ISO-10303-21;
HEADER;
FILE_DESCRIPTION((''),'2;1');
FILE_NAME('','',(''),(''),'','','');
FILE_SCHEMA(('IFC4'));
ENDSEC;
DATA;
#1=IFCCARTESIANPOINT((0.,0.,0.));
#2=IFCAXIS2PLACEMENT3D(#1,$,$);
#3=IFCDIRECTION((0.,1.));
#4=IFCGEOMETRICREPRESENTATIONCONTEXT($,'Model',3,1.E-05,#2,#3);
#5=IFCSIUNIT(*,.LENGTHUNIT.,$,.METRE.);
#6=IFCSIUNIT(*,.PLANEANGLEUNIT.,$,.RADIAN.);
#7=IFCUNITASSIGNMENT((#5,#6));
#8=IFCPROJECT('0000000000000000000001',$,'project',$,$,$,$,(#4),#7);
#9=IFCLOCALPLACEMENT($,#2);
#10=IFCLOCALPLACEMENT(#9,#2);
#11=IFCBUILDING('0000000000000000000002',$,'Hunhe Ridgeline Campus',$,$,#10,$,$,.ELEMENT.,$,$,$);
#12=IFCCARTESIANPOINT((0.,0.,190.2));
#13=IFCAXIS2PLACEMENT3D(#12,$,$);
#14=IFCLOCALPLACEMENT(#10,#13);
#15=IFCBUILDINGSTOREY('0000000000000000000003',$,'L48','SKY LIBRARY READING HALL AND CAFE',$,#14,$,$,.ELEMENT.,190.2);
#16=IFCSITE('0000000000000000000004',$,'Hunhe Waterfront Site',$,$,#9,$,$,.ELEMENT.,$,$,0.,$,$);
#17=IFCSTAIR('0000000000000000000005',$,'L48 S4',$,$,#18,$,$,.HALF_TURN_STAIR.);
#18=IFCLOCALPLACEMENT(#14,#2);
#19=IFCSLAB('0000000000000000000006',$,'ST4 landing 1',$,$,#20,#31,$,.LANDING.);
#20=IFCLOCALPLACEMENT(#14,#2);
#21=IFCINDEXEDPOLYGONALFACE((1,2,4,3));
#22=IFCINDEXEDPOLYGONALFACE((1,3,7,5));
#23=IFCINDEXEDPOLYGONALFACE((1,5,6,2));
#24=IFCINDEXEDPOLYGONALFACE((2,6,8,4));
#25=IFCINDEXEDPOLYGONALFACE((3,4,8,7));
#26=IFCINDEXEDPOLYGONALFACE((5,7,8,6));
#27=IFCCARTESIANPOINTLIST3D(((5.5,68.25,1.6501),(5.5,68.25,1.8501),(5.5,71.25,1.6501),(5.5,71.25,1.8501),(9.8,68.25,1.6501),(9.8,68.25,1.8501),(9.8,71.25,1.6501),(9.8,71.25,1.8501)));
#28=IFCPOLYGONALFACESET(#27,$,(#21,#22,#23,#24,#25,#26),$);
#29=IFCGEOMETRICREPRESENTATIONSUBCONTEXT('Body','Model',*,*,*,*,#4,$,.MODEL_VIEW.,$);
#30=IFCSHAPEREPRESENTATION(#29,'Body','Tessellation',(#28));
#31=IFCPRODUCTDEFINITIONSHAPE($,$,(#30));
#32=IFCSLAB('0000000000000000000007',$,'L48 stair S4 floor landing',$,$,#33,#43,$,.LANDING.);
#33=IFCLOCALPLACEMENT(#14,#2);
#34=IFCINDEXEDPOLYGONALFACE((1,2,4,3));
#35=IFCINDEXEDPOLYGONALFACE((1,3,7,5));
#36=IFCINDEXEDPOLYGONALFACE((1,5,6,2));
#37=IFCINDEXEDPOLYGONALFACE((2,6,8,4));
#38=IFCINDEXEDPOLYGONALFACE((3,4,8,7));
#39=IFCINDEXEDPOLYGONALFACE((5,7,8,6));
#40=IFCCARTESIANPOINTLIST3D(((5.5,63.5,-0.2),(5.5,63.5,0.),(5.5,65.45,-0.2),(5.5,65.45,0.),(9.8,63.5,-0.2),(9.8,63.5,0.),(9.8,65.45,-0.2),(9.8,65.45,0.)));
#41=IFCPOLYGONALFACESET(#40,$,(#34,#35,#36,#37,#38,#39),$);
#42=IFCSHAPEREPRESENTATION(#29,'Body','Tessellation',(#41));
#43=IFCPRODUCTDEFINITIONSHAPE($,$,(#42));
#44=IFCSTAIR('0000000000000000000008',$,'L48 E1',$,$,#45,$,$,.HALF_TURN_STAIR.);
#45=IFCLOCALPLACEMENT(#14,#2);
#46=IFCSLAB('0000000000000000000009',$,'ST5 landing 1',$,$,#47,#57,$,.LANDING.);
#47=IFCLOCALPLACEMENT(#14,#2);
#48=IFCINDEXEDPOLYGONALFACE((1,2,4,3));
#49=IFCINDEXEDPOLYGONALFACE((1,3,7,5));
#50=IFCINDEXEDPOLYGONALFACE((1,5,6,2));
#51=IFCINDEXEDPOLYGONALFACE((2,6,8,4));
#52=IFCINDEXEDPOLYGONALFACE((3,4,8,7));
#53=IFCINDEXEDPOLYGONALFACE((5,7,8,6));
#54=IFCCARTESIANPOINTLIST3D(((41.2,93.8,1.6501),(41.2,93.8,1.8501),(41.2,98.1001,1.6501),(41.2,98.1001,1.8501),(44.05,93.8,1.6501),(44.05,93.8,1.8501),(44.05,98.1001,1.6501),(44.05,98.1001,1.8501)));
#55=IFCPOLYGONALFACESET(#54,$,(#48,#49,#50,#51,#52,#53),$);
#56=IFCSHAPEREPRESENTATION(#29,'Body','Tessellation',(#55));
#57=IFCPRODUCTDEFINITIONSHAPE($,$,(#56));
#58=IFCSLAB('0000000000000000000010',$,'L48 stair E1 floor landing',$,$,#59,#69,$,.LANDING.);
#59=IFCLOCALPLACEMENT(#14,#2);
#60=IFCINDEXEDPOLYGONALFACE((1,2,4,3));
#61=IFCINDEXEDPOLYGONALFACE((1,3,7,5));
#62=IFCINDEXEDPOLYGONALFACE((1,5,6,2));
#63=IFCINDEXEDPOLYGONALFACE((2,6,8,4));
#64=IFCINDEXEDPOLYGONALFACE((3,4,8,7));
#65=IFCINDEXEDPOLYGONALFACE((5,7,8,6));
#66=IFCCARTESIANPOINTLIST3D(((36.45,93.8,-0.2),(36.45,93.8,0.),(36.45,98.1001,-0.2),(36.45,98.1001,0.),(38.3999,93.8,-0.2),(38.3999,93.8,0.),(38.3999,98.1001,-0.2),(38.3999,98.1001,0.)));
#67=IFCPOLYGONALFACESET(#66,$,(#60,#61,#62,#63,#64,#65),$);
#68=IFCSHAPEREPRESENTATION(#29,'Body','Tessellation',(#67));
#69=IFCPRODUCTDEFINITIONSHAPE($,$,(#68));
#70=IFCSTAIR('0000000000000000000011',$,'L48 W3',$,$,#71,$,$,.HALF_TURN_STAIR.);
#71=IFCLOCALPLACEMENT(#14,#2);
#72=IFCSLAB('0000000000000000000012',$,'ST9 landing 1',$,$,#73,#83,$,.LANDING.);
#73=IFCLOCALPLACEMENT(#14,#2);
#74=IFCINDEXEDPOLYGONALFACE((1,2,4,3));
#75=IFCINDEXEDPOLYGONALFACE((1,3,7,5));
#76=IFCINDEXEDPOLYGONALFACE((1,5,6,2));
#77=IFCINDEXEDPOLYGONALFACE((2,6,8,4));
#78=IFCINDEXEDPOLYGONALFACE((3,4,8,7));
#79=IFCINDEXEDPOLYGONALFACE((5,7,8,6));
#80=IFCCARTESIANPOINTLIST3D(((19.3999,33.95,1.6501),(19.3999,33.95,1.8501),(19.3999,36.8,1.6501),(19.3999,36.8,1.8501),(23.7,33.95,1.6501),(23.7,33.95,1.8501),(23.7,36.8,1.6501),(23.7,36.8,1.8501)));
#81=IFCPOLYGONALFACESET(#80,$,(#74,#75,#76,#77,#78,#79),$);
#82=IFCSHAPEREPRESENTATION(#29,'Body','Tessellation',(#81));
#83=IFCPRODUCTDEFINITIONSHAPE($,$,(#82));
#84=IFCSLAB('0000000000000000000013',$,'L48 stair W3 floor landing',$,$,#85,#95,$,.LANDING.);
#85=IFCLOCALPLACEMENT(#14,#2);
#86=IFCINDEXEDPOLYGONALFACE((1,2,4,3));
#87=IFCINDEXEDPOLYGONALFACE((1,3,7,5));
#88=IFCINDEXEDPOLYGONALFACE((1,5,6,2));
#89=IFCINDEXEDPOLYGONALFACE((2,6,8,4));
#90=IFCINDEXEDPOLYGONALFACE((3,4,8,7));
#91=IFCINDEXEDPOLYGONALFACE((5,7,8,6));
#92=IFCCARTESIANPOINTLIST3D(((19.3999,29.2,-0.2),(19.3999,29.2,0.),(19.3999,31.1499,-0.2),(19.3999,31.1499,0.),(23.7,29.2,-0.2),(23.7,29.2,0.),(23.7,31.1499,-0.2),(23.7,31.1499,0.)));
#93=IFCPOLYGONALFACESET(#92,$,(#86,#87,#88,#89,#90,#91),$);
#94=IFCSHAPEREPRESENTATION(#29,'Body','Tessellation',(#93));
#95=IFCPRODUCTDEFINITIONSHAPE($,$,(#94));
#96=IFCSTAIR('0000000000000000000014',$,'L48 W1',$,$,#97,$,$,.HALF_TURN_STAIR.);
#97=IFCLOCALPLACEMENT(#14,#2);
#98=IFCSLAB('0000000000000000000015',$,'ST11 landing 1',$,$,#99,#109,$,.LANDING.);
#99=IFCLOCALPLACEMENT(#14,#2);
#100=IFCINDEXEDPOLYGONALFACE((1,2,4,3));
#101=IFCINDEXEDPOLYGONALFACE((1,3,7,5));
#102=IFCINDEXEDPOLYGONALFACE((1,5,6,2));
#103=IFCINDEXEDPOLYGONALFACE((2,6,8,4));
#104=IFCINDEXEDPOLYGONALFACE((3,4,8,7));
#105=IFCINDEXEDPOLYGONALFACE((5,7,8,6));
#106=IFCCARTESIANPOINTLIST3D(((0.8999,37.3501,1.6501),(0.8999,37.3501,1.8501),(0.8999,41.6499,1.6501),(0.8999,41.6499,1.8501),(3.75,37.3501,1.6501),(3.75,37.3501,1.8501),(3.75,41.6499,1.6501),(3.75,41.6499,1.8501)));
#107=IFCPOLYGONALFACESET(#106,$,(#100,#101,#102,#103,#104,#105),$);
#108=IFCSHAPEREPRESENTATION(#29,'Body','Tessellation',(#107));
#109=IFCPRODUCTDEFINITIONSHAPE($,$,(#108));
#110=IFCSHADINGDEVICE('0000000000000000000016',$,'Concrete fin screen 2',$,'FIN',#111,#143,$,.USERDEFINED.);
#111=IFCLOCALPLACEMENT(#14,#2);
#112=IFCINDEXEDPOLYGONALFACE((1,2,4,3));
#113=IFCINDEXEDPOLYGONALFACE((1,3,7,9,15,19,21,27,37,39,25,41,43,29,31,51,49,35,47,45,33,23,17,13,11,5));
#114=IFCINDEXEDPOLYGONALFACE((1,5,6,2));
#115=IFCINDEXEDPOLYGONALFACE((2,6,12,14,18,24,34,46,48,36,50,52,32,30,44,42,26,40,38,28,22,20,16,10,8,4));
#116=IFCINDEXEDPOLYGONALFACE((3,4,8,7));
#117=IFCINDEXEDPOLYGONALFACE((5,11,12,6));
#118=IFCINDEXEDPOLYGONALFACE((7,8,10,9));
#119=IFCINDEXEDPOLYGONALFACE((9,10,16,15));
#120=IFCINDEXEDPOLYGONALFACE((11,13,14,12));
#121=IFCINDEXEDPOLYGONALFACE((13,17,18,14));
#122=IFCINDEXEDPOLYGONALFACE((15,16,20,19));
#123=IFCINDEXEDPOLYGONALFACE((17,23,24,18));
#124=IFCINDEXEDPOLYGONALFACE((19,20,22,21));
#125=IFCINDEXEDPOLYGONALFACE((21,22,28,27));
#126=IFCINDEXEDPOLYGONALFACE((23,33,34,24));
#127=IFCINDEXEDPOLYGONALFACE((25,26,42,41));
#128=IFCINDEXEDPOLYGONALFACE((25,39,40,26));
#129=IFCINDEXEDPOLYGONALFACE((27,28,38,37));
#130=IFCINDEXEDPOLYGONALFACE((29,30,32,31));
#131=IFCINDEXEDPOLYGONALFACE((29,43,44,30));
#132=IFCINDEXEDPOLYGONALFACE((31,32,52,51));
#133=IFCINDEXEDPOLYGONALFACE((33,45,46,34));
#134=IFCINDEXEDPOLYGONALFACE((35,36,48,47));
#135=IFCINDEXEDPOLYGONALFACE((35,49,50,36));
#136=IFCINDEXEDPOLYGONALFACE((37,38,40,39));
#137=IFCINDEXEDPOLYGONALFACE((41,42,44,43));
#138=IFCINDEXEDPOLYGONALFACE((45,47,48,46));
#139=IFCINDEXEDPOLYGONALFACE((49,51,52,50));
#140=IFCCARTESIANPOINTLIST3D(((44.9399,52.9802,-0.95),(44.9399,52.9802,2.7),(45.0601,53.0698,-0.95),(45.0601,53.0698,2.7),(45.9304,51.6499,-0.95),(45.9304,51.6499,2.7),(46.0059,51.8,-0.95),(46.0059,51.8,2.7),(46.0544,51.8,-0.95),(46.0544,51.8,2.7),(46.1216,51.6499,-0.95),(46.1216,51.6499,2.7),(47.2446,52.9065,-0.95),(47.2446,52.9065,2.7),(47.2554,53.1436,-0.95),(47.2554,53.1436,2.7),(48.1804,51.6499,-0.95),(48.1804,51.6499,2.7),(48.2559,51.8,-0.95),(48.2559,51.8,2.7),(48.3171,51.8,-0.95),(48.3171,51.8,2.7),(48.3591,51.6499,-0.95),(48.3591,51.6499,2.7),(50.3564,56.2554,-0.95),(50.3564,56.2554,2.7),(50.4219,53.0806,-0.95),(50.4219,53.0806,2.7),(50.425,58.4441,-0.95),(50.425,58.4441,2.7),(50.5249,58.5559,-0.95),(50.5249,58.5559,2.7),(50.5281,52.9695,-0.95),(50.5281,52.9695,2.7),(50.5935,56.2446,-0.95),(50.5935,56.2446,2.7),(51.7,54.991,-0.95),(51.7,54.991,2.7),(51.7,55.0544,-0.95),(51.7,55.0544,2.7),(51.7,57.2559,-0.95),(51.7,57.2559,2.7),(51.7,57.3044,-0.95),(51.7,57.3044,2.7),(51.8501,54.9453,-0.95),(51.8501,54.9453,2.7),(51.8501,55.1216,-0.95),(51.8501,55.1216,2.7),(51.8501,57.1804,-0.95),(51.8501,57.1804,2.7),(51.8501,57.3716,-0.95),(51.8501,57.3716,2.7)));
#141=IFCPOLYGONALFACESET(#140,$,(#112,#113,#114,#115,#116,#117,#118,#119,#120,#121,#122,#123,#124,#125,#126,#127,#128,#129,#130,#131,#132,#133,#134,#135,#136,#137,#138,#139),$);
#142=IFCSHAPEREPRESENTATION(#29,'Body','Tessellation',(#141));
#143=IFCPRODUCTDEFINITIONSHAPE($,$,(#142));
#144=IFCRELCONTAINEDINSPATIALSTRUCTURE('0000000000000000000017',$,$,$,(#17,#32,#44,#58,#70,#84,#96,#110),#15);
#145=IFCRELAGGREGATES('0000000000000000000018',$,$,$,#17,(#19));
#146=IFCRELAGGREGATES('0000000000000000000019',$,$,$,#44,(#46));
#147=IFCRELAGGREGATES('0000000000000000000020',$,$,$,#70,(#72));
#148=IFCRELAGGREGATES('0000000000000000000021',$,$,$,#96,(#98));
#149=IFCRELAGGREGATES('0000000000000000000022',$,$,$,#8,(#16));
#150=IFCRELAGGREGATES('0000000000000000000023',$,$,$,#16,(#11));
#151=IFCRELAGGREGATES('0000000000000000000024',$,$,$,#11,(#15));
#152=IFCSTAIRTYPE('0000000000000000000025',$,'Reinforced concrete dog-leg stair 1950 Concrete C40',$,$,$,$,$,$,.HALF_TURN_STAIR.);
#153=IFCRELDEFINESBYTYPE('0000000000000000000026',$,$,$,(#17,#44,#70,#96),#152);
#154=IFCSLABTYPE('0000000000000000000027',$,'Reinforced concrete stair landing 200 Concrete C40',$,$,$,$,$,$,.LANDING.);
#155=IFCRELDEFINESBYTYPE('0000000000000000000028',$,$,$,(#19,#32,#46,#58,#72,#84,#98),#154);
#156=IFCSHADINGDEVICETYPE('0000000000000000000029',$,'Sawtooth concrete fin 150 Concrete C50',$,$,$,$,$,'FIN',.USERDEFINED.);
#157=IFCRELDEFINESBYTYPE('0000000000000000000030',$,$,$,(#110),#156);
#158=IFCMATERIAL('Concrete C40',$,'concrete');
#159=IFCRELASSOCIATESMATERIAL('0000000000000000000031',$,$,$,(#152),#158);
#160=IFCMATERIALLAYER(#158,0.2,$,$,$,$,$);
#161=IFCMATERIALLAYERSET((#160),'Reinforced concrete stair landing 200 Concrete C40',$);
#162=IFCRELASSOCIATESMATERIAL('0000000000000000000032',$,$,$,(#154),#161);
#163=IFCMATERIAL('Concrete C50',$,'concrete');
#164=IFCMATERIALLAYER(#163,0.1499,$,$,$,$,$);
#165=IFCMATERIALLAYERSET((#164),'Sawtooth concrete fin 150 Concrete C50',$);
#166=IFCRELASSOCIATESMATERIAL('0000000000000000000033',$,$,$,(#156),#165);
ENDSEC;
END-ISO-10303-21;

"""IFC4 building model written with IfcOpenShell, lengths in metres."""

from ifc_helpers import new_model, si_unit, direction, frame, origin, place, context, subcontext, project, spatial, polyline, outline, extrude, material, layer, layer_set, type_object, element, aggregate, save


model = new_model("IFC4")

# Units and contexts
model_context = context("Model", 3, precision=1e-05, world=origin(), true_north=direction((0.0, 1.0)))
body_context = subcontext(model_context, "Body", "Model", "MODEL_VIEW")
ifc_project = project(units=[si_unit("LENGTHUNIT", "METRE"), si_unit("PLANEANGLEUNIT", "RADIAN")], contexts=[model_context])

# Site, building, storey
site_placement = place(None, origin())
site = spatial("IfcSite", under=ifc_project, at=site_placement, Name="Hunhe Waterfront Site", CompositionType="ELEMENT", RefElevation=0.0)
building_placement = place(site_placement, origin())
building = spatial("IfcBuilding", under=site, at=building_placement, Name="Hunhe Ridgeline Campus", CompositionType="ELEMENT")
storey_placement = place(building_placement, frame((0.0, 0.0, 190.2)))
storey = spatial("IfcBuildingStorey", under=building, at=storey_placement, Name="L48", Description="SKY LIBRARY READING HALL AND CAFE", CompositionType="ELEMENT", Elevation=190.2)

# Shared definitions
ifc_material_1 = material(Name="Concrete C40", Category="concrete")

# Shared definitions
stair_type = type_object("IfcStairType", Name="Reinforced concrete dog-leg stair 1950 Concrete C40", PredefinedType="HALF_TURN_STAIR", material=ifc_material_1)
ifc_layer_1 = layer(ifc_material_1, 0.2)
ifc_layer_set_1 = layer_set([ifc_layer_1], Name="Reinforced concrete stair landing 200 Concrete C40")
slab_type_1 = type_object("IfcSlabType", Name="Reinforced concrete stair landing 200 Concrete C40", PredefinedType="LANDING", material=ifc_layer_set_1)

# Stair, slab
stair_1_placement = place(storey_placement, origin())
stair_1 = element("IfcStair", 1, at=stair_1_placement, inside=storey, type_object=stair_type, Name="L48 S4", PredefinedType="HALF_TURN_STAIR")
slab_1_placement = place(storey_placement, frame((0.0, 0.0, 1.6501)))
slab_1 = element("IfcSlab", 2, at=slab_1_placement, type_object=slab_type_1, Name="ST4 landing 1", PredefinedType="LANDING", context=body_context, shape_type="SweptSolid", body=[
    extrude(outline(polyline([(9.8, 68.25), (9.8, 71.25), (5.5, 71.25), (5.5, 68.25), (9.8, 68.25)])), origin(), (0.0, 0.0, 1.0), 0.2),
])
aggregate(stair_1, [slab_1])

# Slab
slab_2_placement = place(storey_placement, frame((0.0, 0.0, -0.2)))
element("IfcSlab", 3, at=slab_2_placement, inside=storey, type_object=slab_type_1, Name="L48 stair S4 floor landing", PredefinedType="LANDING", context=body_context, shape_type="SweptSolid", body=[
    extrude(outline(polyline([(9.8, 63.5), (9.8, 65.45), (5.5, 65.45), (5.5, 63.5), (9.8, 63.5)])), origin(), (0.0, 0.0, 1.0), 0.2),
])

# Stair, slab
stair_2_placement = place(storey_placement, origin())
stair_2 = element("IfcStair", 4, at=stair_2_placement, inside=storey, type_object=stair_type, Name="L48 E1", PredefinedType="HALF_TURN_STAIR")
slab_3_placement = place(storey_placement, frame((0.0, 0.0, 1.6501)))
slab_3 = element("IfcSlab", 5, at=slab_3_placement, type_object=slab_type_1, Name="ST5 landing 1", PredefinedType="LANDING", context=body_context, shape_type="SweptSolid", body=[
    extrude(outline(polyline([(41.2, 93.8), (44.05, 93.8), (44.05, 98.1001), (41.2, 98.1001), (41.2, 93.8)])), origin(), (0.0, 0.0, 1.0), 0.2),
])
aggregate(stair_2, [slab_3])

# Slab
slab_4_placement = place(storey_placement, frame((0.0, 0.0, -0.2)))
element("IfcSlab", 6, at=slab_4_placement, inside=storey, type_object=slab_type_1, Name="L48 stair E1 floor landing", PredefinedType="LANDING", context=body_context, shape_type="SweptSolid", body=[
    extrude(outline(polyline([(36.45, 93.8), (38.3999, 93.8), (38.3999, 98.1001), (36.45, 98.1001), (36.45, 93.8)])), origin(), (0.0, 0.0, 1.0), 0.2),
])

# Stair, slab
stair_3_placement = place(storey_placement, origin())
stair_3 = element("IfcStair", 7, at=stair_3_placement, inside=storey, type_object=stair_type, Name="L48 W3", PredefinedType="HALF_TURN_STAIR")
slab_5_placement = place(storey_placement, frame((0.0, 0.0, 1.6501)))
slab_5 = element("IfcSlab", 8, at=slab_5_placement, type_object=slab_type_1, Name="ST9 landing 1", PredefinedType="LANDING", context=body_context, shape_type="SweptSolid", body=[
    extrude(outline(polyline([(23.7, 33.95), (23.7, 36.8), (19.3999, 36.8), (19.3999, 33.95), (23.7, 33.95)])), origin(), (0.0, 0.0, 1.0), 0.2),
])
aggregate(stair_3, [slab_5])

# Slab
slab_6_placement = place(storey_placement, frame((0.0, 0.0, -0.2)))
element("IfcSlab", 9, at=slab_6_placement, inside=storey, type_object=slab_type_1, Name="L48 stair W3 floor landing", PredefinedType="LANDING", context=body_context, shape_type="SweptSolid", body=[
    extrude(outline(polyline([(23.7, 29.2), (23.7, 31.1499), (19.3999, 31.1499), (19.3999, 29.2), (23.7, 29.2)])), origin(), (0.0, 0.0, 1.0), 0.2),
])

# Stair, slab
stair_4_placement = place(storey_placement, origin())
stair_4 = element("IfcStair", 10, at=stair_4_placement, inside=storey, type_object=stair_type, Name="L48 W1", PredefinedType="HALF_TURN_STAIR")
slab_7_placement = place(storey_placement, frame((0.0, 0.0, 1.6501)))
slab_7 = element("IfcSlab", 11, at=slab_7_placement, type_object=slab_type_1, Name="ST11 landing 1", PredefinedType="LANDING", context=body_context, shape_type="SweptSolid", body=[
    extrude(outline(polyline([(3.75, 41.6499), (0.8999, 41.6499), (0.8999, 37.3501), (3.75, 37.3501), (3.75, 41.6499)])), origin(), (0.0, 0.0, 1.0), 0.2),
])
aggregate(stair_4, [slab_7])

# Shading device
ifc_material_2 = material(Name="Concrete C50", Category="concrete")
ifc_layer_2 = layer(ifc_material_2, 0.1499)
ifc_layer_set_2 = layer_set([ifc_layer_2], Name="Sawtooth concrete fin 150 Concrete C50")
shading_device_type = type_object("IfcShadingDeviceType", Name="Sawtooth concrete fin 150 Concrete C50", ElementType="FIN", PredefinedType="USERDEFINED", material=ifc_layer_set_2)
shading_device_1_placement = place(storey_placement, frame((0.0, 0.0, -0.95)))
element("IfcShadingDevice", 12, at=shading_device_1_placement, inside=storey, type_object=shading_device_type, Name="Concrete fin screen 2", ObjectType="FIN", PredefinedType="USERDEFINED", context=body_context, shape_type="SweptSolid", body=[
    extrude(outline(polyline([(45.0601, 53.0698), (44.9399, 52.9802), (45.9304, 51.6499), (46.1216, 51.6499), (47.2446, 52.9065), (48.1804, 51.6499), (48.3591, 51.6499), (50.5281, 52.9695), (51.8501, 54.9453), (51.8501, 55.1216), (50.5935, 56.2446), (51.8501, 57.1804), (51.8501, 57.3716), (50.5249, 58.5559), (50.425, 58.4441), (51.7, 57.3044), (51.7, 57.2559), (50.3564, 56.2554), (51.7, 55.0544), (51.7, 54.991), (50.4219, 53.0806), (48.3171, 51.8), (48.2559, 51.8), (47.2554, 53.1436), (46.0544, 51.8), (46.0059, 51.8), (45.0601, 53.0698)])), origin(), (0.0, 0.0, 1.0), 3.6499),
])

save(model, "model.ifc")
